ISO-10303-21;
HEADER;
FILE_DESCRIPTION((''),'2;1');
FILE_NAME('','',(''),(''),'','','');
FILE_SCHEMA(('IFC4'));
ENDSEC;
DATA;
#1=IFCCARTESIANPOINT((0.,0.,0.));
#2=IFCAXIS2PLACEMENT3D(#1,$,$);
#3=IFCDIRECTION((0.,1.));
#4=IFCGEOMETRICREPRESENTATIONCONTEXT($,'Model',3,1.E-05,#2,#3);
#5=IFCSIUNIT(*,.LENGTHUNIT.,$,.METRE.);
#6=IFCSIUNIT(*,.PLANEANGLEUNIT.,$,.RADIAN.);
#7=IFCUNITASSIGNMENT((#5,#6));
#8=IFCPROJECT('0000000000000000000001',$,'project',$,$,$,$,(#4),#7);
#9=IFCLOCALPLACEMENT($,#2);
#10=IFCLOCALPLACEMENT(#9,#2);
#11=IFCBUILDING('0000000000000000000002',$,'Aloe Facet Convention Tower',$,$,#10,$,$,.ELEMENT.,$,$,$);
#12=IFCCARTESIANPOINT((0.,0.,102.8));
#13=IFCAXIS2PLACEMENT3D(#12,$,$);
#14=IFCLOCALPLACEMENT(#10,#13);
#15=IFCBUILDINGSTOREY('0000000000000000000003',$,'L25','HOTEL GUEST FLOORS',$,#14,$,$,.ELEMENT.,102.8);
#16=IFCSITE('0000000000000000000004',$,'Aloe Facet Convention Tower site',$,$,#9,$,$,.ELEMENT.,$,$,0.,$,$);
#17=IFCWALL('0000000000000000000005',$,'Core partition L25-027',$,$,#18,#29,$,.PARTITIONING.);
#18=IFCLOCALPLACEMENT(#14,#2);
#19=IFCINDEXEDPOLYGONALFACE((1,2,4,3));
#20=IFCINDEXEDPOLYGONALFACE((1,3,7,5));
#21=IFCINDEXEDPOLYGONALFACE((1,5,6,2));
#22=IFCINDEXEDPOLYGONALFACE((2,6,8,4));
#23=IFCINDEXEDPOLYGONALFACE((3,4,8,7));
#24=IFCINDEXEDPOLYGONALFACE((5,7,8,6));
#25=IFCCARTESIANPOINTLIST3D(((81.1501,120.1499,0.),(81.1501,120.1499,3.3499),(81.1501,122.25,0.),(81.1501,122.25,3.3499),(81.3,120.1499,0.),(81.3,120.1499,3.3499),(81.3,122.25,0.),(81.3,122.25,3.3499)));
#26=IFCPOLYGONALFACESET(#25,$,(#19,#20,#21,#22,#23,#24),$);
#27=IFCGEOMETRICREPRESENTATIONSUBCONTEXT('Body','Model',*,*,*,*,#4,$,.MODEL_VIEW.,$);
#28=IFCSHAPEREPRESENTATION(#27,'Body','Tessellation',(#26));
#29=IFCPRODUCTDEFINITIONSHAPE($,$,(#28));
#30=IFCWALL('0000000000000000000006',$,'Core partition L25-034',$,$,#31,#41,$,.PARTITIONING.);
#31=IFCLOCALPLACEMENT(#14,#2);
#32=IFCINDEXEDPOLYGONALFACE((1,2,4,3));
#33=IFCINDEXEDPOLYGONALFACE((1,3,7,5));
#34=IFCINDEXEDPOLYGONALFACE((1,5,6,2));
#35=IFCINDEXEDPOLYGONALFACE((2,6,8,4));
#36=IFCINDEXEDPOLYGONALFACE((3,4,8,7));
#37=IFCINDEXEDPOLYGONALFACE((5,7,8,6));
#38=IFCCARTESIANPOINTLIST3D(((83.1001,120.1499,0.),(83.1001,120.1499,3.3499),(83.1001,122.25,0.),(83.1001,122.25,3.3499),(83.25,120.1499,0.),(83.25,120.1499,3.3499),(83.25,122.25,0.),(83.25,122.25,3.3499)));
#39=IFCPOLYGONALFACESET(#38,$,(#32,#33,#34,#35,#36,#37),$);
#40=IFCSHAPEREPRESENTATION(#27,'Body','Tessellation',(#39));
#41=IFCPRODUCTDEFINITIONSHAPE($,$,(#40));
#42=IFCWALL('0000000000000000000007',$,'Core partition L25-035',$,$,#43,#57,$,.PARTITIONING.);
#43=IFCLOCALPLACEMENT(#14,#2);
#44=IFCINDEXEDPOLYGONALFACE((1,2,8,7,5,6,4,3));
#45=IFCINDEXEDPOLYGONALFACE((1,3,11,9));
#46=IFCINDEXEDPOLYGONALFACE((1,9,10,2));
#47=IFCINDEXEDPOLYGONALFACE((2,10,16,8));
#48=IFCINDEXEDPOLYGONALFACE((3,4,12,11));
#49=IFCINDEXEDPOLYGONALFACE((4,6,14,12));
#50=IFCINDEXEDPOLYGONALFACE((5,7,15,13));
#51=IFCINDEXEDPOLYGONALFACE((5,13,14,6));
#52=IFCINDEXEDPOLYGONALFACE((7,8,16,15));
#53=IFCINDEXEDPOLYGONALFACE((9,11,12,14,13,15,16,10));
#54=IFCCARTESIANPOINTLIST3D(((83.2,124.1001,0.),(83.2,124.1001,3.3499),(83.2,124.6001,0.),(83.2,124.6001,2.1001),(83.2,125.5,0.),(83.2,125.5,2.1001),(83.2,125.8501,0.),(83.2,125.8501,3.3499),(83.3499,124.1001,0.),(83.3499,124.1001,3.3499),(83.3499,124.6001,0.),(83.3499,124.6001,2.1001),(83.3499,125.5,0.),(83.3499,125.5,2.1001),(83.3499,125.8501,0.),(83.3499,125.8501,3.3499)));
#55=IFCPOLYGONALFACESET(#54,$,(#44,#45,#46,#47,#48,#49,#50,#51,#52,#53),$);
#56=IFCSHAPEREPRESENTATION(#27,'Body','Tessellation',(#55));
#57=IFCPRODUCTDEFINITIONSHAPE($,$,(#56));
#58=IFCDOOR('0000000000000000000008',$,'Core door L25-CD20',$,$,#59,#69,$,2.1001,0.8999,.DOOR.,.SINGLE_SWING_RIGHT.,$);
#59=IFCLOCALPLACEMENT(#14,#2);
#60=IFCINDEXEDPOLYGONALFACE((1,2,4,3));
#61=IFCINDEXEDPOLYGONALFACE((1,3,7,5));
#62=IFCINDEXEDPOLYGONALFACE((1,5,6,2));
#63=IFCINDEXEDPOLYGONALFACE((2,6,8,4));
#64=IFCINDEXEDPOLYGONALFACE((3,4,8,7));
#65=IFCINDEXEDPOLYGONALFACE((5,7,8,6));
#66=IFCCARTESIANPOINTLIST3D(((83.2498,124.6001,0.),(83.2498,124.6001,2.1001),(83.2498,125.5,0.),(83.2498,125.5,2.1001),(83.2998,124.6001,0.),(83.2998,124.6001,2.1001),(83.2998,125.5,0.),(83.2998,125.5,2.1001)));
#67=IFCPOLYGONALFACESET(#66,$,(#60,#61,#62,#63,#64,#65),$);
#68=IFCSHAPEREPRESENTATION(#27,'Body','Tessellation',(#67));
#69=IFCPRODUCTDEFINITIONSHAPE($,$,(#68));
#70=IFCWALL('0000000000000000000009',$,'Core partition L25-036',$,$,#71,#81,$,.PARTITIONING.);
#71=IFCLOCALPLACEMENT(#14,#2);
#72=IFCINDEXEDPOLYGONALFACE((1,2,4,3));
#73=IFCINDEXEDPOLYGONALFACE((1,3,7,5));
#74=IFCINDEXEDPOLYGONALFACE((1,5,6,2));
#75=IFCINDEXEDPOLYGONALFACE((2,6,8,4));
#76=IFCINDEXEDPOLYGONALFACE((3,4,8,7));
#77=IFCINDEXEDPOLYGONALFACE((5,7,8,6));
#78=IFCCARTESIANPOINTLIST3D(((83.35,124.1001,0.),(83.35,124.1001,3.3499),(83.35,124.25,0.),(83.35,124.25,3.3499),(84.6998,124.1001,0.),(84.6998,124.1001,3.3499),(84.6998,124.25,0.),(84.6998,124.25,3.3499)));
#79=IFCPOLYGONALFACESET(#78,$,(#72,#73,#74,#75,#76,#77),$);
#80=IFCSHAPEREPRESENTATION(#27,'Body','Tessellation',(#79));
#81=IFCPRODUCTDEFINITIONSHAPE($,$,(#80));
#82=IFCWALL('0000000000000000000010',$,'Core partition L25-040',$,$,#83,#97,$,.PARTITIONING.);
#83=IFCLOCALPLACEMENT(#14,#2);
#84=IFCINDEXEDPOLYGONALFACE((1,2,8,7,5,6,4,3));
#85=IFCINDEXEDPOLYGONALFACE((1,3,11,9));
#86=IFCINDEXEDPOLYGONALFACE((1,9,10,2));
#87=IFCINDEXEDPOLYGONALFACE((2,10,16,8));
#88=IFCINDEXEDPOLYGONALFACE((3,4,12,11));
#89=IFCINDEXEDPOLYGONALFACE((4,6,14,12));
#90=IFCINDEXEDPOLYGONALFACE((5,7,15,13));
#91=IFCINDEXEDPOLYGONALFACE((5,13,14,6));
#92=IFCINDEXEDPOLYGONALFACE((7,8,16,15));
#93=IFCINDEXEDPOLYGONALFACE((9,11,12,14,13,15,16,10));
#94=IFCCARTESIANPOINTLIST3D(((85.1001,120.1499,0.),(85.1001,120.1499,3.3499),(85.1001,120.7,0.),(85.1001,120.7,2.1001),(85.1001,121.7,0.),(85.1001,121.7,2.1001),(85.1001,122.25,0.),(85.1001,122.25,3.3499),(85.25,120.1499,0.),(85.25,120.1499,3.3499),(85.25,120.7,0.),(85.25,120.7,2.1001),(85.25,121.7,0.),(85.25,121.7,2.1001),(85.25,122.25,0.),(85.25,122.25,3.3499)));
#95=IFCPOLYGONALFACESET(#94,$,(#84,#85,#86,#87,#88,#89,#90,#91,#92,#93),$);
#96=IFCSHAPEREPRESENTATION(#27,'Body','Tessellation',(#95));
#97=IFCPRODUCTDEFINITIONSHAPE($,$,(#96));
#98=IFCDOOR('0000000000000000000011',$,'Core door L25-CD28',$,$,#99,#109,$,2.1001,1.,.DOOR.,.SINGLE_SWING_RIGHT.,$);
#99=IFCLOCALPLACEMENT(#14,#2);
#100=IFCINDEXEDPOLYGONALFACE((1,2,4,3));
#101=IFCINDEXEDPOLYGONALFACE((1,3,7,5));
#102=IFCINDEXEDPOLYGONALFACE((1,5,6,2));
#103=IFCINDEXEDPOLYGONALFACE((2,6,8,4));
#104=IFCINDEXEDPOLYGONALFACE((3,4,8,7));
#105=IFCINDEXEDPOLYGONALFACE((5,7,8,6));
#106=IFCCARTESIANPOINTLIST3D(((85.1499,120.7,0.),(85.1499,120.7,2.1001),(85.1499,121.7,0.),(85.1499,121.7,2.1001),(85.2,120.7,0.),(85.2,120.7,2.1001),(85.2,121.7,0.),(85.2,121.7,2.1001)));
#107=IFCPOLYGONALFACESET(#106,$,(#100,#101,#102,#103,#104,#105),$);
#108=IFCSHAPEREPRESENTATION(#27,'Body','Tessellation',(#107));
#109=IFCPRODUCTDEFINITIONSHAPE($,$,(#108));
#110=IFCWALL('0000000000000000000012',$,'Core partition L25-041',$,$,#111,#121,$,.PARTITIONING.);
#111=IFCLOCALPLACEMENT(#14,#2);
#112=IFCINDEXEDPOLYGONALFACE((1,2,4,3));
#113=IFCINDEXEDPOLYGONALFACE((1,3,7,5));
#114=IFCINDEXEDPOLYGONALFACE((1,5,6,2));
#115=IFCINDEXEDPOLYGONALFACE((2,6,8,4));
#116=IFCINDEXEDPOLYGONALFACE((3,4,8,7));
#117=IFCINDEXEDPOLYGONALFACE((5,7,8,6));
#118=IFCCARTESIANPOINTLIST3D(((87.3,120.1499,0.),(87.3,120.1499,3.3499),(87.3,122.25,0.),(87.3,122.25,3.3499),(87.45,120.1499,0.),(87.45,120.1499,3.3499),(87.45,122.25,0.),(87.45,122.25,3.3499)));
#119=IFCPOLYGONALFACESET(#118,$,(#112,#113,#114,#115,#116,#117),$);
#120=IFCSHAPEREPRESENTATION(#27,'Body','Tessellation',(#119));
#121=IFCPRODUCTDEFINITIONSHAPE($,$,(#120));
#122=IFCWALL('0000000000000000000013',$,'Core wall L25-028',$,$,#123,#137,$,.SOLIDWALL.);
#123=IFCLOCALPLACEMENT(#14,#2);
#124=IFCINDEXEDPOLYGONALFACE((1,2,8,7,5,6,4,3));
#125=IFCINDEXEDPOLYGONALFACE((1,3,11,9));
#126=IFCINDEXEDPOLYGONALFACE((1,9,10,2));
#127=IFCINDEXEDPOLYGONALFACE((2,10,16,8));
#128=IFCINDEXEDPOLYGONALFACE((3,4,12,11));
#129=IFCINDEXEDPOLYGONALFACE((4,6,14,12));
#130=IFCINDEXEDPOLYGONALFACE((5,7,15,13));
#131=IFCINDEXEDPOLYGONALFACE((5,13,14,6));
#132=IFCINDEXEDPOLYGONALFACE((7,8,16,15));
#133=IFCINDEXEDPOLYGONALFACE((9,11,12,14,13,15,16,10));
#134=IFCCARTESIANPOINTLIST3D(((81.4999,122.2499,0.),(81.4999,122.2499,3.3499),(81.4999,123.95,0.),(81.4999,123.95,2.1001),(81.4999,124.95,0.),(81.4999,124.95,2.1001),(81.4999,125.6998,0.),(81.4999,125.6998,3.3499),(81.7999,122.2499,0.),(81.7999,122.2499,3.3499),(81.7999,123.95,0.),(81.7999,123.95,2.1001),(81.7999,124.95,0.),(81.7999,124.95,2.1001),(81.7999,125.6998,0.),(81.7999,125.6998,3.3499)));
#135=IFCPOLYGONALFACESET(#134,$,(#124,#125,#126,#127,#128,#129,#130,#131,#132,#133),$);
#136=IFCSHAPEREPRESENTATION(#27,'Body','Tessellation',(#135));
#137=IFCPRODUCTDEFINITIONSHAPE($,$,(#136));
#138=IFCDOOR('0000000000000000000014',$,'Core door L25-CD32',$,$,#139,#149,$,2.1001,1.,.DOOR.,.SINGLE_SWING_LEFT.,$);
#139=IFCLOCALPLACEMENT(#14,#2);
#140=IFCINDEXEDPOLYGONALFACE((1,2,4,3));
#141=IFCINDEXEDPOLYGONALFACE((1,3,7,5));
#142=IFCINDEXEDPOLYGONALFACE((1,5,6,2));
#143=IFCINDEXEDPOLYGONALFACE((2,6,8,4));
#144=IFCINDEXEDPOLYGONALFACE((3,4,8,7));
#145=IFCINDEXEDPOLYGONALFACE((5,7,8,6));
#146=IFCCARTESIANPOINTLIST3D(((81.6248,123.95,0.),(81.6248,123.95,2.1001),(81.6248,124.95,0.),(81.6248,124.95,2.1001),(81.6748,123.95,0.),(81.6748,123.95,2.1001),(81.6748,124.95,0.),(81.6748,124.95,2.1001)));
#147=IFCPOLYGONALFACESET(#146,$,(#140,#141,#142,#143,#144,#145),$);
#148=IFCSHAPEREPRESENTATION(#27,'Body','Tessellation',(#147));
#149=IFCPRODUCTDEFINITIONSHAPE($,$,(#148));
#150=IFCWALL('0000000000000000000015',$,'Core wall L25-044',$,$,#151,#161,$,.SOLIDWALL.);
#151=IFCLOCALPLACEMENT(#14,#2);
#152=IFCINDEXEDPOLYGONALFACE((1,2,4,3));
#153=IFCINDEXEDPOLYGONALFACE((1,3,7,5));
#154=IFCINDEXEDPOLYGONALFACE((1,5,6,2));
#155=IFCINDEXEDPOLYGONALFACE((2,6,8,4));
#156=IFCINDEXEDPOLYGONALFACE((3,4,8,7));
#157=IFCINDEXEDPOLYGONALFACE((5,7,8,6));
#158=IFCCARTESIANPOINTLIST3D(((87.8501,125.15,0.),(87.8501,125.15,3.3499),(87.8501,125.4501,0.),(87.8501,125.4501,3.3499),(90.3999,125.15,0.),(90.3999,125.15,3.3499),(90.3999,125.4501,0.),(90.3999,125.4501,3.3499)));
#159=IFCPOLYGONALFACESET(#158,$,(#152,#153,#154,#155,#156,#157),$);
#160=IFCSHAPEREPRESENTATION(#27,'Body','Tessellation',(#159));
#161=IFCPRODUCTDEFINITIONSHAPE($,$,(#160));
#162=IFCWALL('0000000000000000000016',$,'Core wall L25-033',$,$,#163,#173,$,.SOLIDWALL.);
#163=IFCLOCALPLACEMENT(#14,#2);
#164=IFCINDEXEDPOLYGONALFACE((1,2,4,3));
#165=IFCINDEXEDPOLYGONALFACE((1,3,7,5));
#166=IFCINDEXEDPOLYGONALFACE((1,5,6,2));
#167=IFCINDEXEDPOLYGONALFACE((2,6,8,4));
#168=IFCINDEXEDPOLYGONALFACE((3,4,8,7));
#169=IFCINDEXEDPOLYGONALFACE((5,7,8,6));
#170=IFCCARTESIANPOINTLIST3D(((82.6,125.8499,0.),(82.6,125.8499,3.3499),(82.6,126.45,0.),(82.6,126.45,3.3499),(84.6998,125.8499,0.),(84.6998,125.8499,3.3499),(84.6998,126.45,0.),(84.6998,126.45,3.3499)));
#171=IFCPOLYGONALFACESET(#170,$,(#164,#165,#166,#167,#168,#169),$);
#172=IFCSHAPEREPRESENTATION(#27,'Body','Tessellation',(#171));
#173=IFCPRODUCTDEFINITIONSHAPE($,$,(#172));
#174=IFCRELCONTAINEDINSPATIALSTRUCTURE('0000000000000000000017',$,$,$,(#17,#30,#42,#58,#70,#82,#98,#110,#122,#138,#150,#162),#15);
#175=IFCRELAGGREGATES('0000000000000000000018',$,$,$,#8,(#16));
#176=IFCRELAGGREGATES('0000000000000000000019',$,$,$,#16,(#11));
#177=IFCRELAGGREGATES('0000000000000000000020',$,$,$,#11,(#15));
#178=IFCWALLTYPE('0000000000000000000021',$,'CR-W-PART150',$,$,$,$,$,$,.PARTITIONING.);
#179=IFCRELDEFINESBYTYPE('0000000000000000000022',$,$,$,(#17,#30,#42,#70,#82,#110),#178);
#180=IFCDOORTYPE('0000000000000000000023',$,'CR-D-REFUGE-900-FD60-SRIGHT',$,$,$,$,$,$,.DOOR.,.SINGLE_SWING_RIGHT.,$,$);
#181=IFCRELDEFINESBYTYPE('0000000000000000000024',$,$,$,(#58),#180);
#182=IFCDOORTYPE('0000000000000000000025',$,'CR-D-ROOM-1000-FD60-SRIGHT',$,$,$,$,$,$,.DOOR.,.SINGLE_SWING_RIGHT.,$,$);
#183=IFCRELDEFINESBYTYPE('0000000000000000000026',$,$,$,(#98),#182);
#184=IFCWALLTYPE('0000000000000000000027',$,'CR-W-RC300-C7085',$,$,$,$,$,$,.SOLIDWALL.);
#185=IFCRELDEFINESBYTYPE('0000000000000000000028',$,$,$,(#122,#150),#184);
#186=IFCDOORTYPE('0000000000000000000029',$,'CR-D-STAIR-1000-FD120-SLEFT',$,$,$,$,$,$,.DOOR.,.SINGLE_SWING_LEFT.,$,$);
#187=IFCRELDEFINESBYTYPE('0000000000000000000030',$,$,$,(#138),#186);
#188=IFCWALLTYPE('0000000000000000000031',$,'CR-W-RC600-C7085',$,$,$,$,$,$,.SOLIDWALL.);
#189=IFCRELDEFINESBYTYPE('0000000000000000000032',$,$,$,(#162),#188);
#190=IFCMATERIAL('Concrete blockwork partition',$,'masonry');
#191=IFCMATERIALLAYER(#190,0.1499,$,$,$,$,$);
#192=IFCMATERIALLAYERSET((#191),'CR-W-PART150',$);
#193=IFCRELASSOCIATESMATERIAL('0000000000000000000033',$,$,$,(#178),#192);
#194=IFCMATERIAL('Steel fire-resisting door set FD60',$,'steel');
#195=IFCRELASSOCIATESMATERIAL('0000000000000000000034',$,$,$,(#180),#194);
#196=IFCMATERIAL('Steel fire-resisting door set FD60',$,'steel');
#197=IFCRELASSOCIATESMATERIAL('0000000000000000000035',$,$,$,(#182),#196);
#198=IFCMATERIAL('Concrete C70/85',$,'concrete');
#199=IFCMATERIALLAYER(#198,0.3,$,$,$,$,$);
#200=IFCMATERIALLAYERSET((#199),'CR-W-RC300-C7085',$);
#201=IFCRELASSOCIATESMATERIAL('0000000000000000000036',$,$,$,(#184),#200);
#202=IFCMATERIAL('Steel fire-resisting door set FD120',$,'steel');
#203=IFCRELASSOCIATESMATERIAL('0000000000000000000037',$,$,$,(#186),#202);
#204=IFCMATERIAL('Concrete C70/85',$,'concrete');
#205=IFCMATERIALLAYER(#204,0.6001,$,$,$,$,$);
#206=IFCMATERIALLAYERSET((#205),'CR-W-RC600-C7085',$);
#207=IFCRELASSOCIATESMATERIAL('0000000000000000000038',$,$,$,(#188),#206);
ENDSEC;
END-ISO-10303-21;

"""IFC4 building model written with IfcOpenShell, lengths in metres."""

from ifc_helpers import new_model, si_unit, direction, frame, frame_2d, origin, place, context, subcontext, project, spatial, rectangle, extrude, material, layer, layer_set, type_object, element, fill, save


model = new_model("IFC4")

# Units and contexts
model_context = context("Model", 3, precision=1e-05, world=origin(), true_north=direction((0.0, 1.0)))
body_context = subcontext(model_context, "Body", "Model", "MODEL_VIEW")
ifc_project = project(units=[si_unit("LENGTHUNIT", "METRE"), si_unit("PLANEANGLEUNIT", "RADIAN")], contexts=[model_context])

# Site, building, storey
site_placement = place(None, origin())
site = spatial("IfcSite", under=ifc_project, at=site_placement, Name="Aloe Facet Convention Tower site", CompositionType="ELEMENT", RefElevation=0.0)
building_placement = place(site_placement, origin())
building = spatial("IfcBuilding", under=site, at=building_placement, Name="Aloe Facet Convention Tower", CompositionType="ELEMENT")
storey_placement = place(building_placement, frame((0.0, 0.0, 102.8)))
storey = spatial("IfcBuildingStorey", under=building, at=storey_placement, Name="L25", Description="HOTEL GUEST FLOORS", CompositionType="ELEMENT", Elevation=102.8)

# Walls
ifc_material_1 = material(Name="Concrete blockwork partition", Category="masonry")
ifc_layer_1 = layer(ifc_material_1, 0.1499)
ifc_layer_set_1 = layer_set([ifc_layer_1], Name="CR-W-PART150")
wall_type_1 = type_object("IfcWallType", Name="CR-W-PART150", PredefinedType="PARTITIONING", material=ifc_layer_set_1)
for number, where, z_axis, x_axis, name in (
    (1, (81.2251, 122.25, 0.0), (0.0, 0.0, 1.0), (0.0, -1.0, 0.0), "Core partition L25-027"),
    (2, (83.175, 122.25, 0.0), (0.0, 0.0, 1.0), (0.0, -1.0, 0.0), "Core partition L25-034"),
):
    element("IfcWall", number, at=place(storey_placement, frame(where, z_axis=z_axis, x_axis=x_axis)), inside=storey, type_object=wall_type_1, Name=name, PredefinedType="PARTITIONING", context=body_context, shape_type="SweptSolid", body=[
        extrude(rectangle(XDim=2.1001, YDim=0.1499, at=frame_2d((1.05, 0.0))), origin(), (0.0, 0.0, 1.0), 3.3499),
    ])

# Wall, opening, door
wall_1_placement = place(storey_placement, frame((83.2749, 125.8501, 0.0), z_axis=(0.0, 0.0, 1.0), x_axis=(0.0, -1.0, 0.0)))
wall_1 = element("IfcWall", 3, at=wall_1_placement, inside=storey, type_object=wall_type_1, Name="Core partition L25-035", PredefinedType="PARTITIONING", context=body_context, shape_type="SweptSolid", body=[
    extrude(rectangle(XDim=1.75, YDim=0.1499, at=frame_2d((0.875, 0.0))), origin(), (0.0, 0.0, 1.0), 3.3499),
])
opening_1_placement = place(wall_1_placement, frame((0.3501, 0.0, 0.0)))
opening_1 = element("IfcOpeningElement", 4, at=opening_1_placement, cuts=wall_1, PredefinedType="OPENING", context=body_context, shape_type="SweptSolid", body=[
    extrude(rectangle(XDim=0.8999, YDim=2.1001, at=frame_2d((0.45, 1.05))), frame((0.0, 0.085, 0.0), z_axis=(0.0, -1.0, 0.0), x_axis=(1.0, 0.0, 0.0)), (0.0, 0.0, 1.0), 0.1699),
])
ifc_material_2 = material(Name="Steel fire-resisting door set FD60", Category="steel")
door_type_1 = type_object("IfcDoorType", Name="CR-D-REFUGE-900-FD60-SRIGHT", OperationType="SINGLE_SWING_RIGHT", PredefinedType="DOOR", material=ifc_material_2)
door_1_placement = place(opening_1_placement, origin())
door_1 = element("IfcDoor", 5, at=door_1_placement, inside=storey, type_object=door_type_1, Name="Core door L25-CD20", OperationType="SINGLE_SWING_RIGHT", OverallHeight=2.1001, OverallWidth=0.8999, PredefinedType="DOOR", context=body_context, shape_type="SweptSolid", body=[
    extrude(rectangle(XDim=0.8999, YDim=2.1001, at=frame_2d((0.45, 1.05))), frame((0.0, 0.0249, 0.0), z_axis=(0.0, -1.0, 0.0), x_axis=(1.0, 0.0, 0.0)), (0.0, 0.0, 1.0), 0.05),
])
fill(opening_1, door_1)

# Wall
wall_2_placement = place(storey_placement, frame((83.3501, 124.175, 0.0), z_axis=(0.0, 0.0, 1.0), x_axis=(1.0, 0.0, 0.0)))
element("IfcWall", 6, at=wall_2_placement, inside=storey, type_object=wall_type_1, Name="Core partition L25-036", PredefinedType="PARTITIONING", context=body_context, shape_type="SweptSolid", body=[
    extrude(rectangle(XDim=1.3499, YDim=0.1499, at=frame_2d((0.6748, 0.0))), origin(), (0.0, 0.0, 1.0), 3.3499),
])

# Wall, opening, door
wall_3_placement = place(storey_placement, frame((85.175, 122.25, 0.0), z_axis=(0.0, 0.0, 1.0), x_axis=(0.0, -1.0, 0.0)))
wall_3 = element("IfcWall", 7, at=wall_3_placement, inside=storey, type_object=wall_type_1, Name="Core partition L25-040", PredefinedType="PARTITIONING", context=body_context, shape_type="SweptSolid", body=[
    extrude(rectangle(XDim=2.1001, YDim=0.1499, at=frame_2d((1.05, 0.0))), origin(), (0.0, 0.0, 1.0), 3.3499),
])
opening_2_placement = place(wall_3_placement, frame((0.55, 0.0, 0.0)))
opening_2 = element("IfcOpeningElement", 8, at=opening_2_placement, cuts=wall_3, PredefinedType="OPENING", context=body_context, shape_type="SweptSolid", body=[
    extrude(rectangle(XDim=1.0, YDim=2.1001, at=frame_2d((0.5, 1.05))), frame((0.0, 0.085, 0.0), z_axis=(0.0, -1.0, 0.0), x_axis=(1.0, 0.0, 0.0)), (0.0, 0.0, 1.0), 0.1699),
])
ifc_material_3 = material(Name="Steel fire-resisting door set FD60", Category="steel")
door_type_2 = type_object("IfcDoorType", Name="CR-D-ROOM-1000-FD60-SRIGHT", OperationType="SINGLE_SWING_RIGHT", PredefinedType="DOOR", material=ifc_material_3)
door_2_placement = place(opening_2_placement, origin())
door_2 = element("IfcDoor", 9, at=door_2_placement, inside=storey, type_object=door_type_2, Name="Core door L25-CD28", OperationType="SINGLE_SWING_RIGHT", OverallHeight=2.1001, OverallWidth=1.0, PredefinedType="DOOR", context=body_context, shape_type="SweptSolid", body=[
    extrude(rectangle(XDim=1.0, YDim=2.1001, at=frame_2d((0.5, 1.05))), frame((0.0, 0.0249, 0.0), z_axis=(0.0, -1.0, 0.0), x_axis=(1.0, 0.0, 0.0)), (0.0, 0.0, 1.0), 0.05),
])
fill(opening_2, door_2)

# Wall
wall_4_placement = place(storey_placement, frame((87.375, 122.25, 0.0), z_axis=(0.0, 0.0, 1.0), x_axis=(0.0, -1.0, 0.0)))
element("IfcWall", 10, at=wall_4_placement, inside=storey, type_object=wall_type_1, Name="Core partition L25-041", PredefinedType="PARTITIONING", context=body_context, shape_type="SweptSolid", body=[
    extrude(rectangle(XDim=2.1001, YDim=0.1499, at=frame_2d((1.05, 0.0))), origin(), (0.0, 0.0, 1.0), 3.3499),
])

# Wall, opening, door
ifc_material_4 = material(Name="Concrete C70/85", Category="concrete")
ifc_layer_2 = layer(ifc_material_4, 0.3)
ifc_layer_set_2 = layer_set([ifc_layer_2], Name="CR-W-RC300-C7085")
wall_type_2 = type_object("IfcWallType", Name="CR-W-RC300-C7085", PredefinedType="SOLIDWALL", material=ifc_layer_set_2)
wall_5_placement = place(storey_placement, frame((81.6499, 125.7, 0.0), z_axis=(0.0, 0.0, 1.0), x_axis=(0.0, -1.0, 0.0)))
wall_5 = element("IfcWall", 11, at=wall_5_placement, inside=storey, type_object=wall_type_2, Name="Core wall L25-028", PredefinedType="SOLIDWALL", context=body_context, shape_type="SweptSolid", body=[
    extrude(rectangle(XDim=3.45, YDim=0.3, at=frame_2d((1.7251, 0.0))), origin(), (0.0, 0.0, 1.0), 3.3499),
])
opening_3_placement = place(wall_5_placement, frame((0.75, 0.0, 0.0)))
opening_3 = element("IfcOpeningElement", 12, at=opening_3_placement, cuts=wall_5, PredefinedType="OPENING", context=body_context, shape_type="SweptSolid", body=[
    extrude(rectangle(XDim=1.0, YDim=2.1001, at=frame_2d((0.5, 1.05))), frame((0.0, 0.1602, 0.0), z_axis=(0.0, -1.0, 0.0), x_axis=(1.0, 0.0, 0.0)), (0.0, 0.0, 1.0), 0.3201),
])
ifc_material_5 = material(Name="Steel fire-resisting door set FD120", Category="steel")
door_type_3 = type_object("IfcDoorType", Name="CR-D-STAIR-1000-FD120-SLEFT", OperationType="SINGLE_SWING_LEFT", PredefinedType="DOOR", material=ifc_material_5)
door_3_placement = place(opening_3_placement, origin())
door_3 = element("IfcDoor", 13, at=door_3_placement, inside=storey, type_object=door_type_3, Name="Core door L25-CD32", OperationType="SINGLE_SWING_LEFT", OverallHeight=2.1001, OverallWidth=1.0, PredefinedType="DOOR", context=body_context, shape_type="SweptSolid", body=[
    extrude(rectangle(XDim=1.0, YDim=2.1001, at=frame_2d((0.5, 1.05))), frame((0.0, 0.0249, 0.0), z_axis=(0.0, -1.0, 0.0), x_axis=(1.0, 0.0, 0.0)), (0.0, 0.0, 1.0), 0.05),
])
fill(opening_3, door_3)

# Walls
wall_6_placement = place(storey_placement, frame((87.8501, 125.3, 0.0), z_axis=(0.0, 0.0, 1.0), x_axis=(1.0, 0.0, 0.0)))
element("IfcWall", 14, at=wall_6_placement, inside=storey, type_object=wall_type_2, Name="Core wall L25-044", PredefinedType="SOLIDWALL", context=body_context, shape_type="SweptSolid", body=[
    extrude(rectangle(XDim=2.5498, YDim=0.3, at=frame_2d((1.2749, 0.0))), origin(), (0.0, 0.0, 1.0), 3.3499),
])
ifc_material_6 = material(Name="Concrete C70/85", Category="concrete")
ifc_layer_3 = layer(ifc_material_6, 0.6001)
ifc_layer_set_3 = layer_set([ifc_layer_3], Name="CR-W-RC600-C7085")
wall_type_3 = type_object("IfcWallType", Name="CR-W-RC600-C7085", PredefinedType="SOLIDWALL", material=ifc_layer_set_3)
wall_7_placement = place(storey_placement, frame((82.6001, 126.1499, 0.0), z_axis=(0.0, 0.0, 1.0), x_axis=(1.0, 0.0, 0.0)))
element("IfcWall", 15, at=wall_7_placement, inside=storey, type_object=wall_type_3, Name="Core wall L25-033", PredefinedType="SOLIDWALL", context=body_context, shape_type="SweptSolid", body=[
    extrude(rectangle(XDim=2.0999, YDim=0.6001, at=frame_2d((1.0498, 0.0))), origin(), (0.0, 0.0, 1.0), 3.3499),
])

save(model, "model.ifc")
